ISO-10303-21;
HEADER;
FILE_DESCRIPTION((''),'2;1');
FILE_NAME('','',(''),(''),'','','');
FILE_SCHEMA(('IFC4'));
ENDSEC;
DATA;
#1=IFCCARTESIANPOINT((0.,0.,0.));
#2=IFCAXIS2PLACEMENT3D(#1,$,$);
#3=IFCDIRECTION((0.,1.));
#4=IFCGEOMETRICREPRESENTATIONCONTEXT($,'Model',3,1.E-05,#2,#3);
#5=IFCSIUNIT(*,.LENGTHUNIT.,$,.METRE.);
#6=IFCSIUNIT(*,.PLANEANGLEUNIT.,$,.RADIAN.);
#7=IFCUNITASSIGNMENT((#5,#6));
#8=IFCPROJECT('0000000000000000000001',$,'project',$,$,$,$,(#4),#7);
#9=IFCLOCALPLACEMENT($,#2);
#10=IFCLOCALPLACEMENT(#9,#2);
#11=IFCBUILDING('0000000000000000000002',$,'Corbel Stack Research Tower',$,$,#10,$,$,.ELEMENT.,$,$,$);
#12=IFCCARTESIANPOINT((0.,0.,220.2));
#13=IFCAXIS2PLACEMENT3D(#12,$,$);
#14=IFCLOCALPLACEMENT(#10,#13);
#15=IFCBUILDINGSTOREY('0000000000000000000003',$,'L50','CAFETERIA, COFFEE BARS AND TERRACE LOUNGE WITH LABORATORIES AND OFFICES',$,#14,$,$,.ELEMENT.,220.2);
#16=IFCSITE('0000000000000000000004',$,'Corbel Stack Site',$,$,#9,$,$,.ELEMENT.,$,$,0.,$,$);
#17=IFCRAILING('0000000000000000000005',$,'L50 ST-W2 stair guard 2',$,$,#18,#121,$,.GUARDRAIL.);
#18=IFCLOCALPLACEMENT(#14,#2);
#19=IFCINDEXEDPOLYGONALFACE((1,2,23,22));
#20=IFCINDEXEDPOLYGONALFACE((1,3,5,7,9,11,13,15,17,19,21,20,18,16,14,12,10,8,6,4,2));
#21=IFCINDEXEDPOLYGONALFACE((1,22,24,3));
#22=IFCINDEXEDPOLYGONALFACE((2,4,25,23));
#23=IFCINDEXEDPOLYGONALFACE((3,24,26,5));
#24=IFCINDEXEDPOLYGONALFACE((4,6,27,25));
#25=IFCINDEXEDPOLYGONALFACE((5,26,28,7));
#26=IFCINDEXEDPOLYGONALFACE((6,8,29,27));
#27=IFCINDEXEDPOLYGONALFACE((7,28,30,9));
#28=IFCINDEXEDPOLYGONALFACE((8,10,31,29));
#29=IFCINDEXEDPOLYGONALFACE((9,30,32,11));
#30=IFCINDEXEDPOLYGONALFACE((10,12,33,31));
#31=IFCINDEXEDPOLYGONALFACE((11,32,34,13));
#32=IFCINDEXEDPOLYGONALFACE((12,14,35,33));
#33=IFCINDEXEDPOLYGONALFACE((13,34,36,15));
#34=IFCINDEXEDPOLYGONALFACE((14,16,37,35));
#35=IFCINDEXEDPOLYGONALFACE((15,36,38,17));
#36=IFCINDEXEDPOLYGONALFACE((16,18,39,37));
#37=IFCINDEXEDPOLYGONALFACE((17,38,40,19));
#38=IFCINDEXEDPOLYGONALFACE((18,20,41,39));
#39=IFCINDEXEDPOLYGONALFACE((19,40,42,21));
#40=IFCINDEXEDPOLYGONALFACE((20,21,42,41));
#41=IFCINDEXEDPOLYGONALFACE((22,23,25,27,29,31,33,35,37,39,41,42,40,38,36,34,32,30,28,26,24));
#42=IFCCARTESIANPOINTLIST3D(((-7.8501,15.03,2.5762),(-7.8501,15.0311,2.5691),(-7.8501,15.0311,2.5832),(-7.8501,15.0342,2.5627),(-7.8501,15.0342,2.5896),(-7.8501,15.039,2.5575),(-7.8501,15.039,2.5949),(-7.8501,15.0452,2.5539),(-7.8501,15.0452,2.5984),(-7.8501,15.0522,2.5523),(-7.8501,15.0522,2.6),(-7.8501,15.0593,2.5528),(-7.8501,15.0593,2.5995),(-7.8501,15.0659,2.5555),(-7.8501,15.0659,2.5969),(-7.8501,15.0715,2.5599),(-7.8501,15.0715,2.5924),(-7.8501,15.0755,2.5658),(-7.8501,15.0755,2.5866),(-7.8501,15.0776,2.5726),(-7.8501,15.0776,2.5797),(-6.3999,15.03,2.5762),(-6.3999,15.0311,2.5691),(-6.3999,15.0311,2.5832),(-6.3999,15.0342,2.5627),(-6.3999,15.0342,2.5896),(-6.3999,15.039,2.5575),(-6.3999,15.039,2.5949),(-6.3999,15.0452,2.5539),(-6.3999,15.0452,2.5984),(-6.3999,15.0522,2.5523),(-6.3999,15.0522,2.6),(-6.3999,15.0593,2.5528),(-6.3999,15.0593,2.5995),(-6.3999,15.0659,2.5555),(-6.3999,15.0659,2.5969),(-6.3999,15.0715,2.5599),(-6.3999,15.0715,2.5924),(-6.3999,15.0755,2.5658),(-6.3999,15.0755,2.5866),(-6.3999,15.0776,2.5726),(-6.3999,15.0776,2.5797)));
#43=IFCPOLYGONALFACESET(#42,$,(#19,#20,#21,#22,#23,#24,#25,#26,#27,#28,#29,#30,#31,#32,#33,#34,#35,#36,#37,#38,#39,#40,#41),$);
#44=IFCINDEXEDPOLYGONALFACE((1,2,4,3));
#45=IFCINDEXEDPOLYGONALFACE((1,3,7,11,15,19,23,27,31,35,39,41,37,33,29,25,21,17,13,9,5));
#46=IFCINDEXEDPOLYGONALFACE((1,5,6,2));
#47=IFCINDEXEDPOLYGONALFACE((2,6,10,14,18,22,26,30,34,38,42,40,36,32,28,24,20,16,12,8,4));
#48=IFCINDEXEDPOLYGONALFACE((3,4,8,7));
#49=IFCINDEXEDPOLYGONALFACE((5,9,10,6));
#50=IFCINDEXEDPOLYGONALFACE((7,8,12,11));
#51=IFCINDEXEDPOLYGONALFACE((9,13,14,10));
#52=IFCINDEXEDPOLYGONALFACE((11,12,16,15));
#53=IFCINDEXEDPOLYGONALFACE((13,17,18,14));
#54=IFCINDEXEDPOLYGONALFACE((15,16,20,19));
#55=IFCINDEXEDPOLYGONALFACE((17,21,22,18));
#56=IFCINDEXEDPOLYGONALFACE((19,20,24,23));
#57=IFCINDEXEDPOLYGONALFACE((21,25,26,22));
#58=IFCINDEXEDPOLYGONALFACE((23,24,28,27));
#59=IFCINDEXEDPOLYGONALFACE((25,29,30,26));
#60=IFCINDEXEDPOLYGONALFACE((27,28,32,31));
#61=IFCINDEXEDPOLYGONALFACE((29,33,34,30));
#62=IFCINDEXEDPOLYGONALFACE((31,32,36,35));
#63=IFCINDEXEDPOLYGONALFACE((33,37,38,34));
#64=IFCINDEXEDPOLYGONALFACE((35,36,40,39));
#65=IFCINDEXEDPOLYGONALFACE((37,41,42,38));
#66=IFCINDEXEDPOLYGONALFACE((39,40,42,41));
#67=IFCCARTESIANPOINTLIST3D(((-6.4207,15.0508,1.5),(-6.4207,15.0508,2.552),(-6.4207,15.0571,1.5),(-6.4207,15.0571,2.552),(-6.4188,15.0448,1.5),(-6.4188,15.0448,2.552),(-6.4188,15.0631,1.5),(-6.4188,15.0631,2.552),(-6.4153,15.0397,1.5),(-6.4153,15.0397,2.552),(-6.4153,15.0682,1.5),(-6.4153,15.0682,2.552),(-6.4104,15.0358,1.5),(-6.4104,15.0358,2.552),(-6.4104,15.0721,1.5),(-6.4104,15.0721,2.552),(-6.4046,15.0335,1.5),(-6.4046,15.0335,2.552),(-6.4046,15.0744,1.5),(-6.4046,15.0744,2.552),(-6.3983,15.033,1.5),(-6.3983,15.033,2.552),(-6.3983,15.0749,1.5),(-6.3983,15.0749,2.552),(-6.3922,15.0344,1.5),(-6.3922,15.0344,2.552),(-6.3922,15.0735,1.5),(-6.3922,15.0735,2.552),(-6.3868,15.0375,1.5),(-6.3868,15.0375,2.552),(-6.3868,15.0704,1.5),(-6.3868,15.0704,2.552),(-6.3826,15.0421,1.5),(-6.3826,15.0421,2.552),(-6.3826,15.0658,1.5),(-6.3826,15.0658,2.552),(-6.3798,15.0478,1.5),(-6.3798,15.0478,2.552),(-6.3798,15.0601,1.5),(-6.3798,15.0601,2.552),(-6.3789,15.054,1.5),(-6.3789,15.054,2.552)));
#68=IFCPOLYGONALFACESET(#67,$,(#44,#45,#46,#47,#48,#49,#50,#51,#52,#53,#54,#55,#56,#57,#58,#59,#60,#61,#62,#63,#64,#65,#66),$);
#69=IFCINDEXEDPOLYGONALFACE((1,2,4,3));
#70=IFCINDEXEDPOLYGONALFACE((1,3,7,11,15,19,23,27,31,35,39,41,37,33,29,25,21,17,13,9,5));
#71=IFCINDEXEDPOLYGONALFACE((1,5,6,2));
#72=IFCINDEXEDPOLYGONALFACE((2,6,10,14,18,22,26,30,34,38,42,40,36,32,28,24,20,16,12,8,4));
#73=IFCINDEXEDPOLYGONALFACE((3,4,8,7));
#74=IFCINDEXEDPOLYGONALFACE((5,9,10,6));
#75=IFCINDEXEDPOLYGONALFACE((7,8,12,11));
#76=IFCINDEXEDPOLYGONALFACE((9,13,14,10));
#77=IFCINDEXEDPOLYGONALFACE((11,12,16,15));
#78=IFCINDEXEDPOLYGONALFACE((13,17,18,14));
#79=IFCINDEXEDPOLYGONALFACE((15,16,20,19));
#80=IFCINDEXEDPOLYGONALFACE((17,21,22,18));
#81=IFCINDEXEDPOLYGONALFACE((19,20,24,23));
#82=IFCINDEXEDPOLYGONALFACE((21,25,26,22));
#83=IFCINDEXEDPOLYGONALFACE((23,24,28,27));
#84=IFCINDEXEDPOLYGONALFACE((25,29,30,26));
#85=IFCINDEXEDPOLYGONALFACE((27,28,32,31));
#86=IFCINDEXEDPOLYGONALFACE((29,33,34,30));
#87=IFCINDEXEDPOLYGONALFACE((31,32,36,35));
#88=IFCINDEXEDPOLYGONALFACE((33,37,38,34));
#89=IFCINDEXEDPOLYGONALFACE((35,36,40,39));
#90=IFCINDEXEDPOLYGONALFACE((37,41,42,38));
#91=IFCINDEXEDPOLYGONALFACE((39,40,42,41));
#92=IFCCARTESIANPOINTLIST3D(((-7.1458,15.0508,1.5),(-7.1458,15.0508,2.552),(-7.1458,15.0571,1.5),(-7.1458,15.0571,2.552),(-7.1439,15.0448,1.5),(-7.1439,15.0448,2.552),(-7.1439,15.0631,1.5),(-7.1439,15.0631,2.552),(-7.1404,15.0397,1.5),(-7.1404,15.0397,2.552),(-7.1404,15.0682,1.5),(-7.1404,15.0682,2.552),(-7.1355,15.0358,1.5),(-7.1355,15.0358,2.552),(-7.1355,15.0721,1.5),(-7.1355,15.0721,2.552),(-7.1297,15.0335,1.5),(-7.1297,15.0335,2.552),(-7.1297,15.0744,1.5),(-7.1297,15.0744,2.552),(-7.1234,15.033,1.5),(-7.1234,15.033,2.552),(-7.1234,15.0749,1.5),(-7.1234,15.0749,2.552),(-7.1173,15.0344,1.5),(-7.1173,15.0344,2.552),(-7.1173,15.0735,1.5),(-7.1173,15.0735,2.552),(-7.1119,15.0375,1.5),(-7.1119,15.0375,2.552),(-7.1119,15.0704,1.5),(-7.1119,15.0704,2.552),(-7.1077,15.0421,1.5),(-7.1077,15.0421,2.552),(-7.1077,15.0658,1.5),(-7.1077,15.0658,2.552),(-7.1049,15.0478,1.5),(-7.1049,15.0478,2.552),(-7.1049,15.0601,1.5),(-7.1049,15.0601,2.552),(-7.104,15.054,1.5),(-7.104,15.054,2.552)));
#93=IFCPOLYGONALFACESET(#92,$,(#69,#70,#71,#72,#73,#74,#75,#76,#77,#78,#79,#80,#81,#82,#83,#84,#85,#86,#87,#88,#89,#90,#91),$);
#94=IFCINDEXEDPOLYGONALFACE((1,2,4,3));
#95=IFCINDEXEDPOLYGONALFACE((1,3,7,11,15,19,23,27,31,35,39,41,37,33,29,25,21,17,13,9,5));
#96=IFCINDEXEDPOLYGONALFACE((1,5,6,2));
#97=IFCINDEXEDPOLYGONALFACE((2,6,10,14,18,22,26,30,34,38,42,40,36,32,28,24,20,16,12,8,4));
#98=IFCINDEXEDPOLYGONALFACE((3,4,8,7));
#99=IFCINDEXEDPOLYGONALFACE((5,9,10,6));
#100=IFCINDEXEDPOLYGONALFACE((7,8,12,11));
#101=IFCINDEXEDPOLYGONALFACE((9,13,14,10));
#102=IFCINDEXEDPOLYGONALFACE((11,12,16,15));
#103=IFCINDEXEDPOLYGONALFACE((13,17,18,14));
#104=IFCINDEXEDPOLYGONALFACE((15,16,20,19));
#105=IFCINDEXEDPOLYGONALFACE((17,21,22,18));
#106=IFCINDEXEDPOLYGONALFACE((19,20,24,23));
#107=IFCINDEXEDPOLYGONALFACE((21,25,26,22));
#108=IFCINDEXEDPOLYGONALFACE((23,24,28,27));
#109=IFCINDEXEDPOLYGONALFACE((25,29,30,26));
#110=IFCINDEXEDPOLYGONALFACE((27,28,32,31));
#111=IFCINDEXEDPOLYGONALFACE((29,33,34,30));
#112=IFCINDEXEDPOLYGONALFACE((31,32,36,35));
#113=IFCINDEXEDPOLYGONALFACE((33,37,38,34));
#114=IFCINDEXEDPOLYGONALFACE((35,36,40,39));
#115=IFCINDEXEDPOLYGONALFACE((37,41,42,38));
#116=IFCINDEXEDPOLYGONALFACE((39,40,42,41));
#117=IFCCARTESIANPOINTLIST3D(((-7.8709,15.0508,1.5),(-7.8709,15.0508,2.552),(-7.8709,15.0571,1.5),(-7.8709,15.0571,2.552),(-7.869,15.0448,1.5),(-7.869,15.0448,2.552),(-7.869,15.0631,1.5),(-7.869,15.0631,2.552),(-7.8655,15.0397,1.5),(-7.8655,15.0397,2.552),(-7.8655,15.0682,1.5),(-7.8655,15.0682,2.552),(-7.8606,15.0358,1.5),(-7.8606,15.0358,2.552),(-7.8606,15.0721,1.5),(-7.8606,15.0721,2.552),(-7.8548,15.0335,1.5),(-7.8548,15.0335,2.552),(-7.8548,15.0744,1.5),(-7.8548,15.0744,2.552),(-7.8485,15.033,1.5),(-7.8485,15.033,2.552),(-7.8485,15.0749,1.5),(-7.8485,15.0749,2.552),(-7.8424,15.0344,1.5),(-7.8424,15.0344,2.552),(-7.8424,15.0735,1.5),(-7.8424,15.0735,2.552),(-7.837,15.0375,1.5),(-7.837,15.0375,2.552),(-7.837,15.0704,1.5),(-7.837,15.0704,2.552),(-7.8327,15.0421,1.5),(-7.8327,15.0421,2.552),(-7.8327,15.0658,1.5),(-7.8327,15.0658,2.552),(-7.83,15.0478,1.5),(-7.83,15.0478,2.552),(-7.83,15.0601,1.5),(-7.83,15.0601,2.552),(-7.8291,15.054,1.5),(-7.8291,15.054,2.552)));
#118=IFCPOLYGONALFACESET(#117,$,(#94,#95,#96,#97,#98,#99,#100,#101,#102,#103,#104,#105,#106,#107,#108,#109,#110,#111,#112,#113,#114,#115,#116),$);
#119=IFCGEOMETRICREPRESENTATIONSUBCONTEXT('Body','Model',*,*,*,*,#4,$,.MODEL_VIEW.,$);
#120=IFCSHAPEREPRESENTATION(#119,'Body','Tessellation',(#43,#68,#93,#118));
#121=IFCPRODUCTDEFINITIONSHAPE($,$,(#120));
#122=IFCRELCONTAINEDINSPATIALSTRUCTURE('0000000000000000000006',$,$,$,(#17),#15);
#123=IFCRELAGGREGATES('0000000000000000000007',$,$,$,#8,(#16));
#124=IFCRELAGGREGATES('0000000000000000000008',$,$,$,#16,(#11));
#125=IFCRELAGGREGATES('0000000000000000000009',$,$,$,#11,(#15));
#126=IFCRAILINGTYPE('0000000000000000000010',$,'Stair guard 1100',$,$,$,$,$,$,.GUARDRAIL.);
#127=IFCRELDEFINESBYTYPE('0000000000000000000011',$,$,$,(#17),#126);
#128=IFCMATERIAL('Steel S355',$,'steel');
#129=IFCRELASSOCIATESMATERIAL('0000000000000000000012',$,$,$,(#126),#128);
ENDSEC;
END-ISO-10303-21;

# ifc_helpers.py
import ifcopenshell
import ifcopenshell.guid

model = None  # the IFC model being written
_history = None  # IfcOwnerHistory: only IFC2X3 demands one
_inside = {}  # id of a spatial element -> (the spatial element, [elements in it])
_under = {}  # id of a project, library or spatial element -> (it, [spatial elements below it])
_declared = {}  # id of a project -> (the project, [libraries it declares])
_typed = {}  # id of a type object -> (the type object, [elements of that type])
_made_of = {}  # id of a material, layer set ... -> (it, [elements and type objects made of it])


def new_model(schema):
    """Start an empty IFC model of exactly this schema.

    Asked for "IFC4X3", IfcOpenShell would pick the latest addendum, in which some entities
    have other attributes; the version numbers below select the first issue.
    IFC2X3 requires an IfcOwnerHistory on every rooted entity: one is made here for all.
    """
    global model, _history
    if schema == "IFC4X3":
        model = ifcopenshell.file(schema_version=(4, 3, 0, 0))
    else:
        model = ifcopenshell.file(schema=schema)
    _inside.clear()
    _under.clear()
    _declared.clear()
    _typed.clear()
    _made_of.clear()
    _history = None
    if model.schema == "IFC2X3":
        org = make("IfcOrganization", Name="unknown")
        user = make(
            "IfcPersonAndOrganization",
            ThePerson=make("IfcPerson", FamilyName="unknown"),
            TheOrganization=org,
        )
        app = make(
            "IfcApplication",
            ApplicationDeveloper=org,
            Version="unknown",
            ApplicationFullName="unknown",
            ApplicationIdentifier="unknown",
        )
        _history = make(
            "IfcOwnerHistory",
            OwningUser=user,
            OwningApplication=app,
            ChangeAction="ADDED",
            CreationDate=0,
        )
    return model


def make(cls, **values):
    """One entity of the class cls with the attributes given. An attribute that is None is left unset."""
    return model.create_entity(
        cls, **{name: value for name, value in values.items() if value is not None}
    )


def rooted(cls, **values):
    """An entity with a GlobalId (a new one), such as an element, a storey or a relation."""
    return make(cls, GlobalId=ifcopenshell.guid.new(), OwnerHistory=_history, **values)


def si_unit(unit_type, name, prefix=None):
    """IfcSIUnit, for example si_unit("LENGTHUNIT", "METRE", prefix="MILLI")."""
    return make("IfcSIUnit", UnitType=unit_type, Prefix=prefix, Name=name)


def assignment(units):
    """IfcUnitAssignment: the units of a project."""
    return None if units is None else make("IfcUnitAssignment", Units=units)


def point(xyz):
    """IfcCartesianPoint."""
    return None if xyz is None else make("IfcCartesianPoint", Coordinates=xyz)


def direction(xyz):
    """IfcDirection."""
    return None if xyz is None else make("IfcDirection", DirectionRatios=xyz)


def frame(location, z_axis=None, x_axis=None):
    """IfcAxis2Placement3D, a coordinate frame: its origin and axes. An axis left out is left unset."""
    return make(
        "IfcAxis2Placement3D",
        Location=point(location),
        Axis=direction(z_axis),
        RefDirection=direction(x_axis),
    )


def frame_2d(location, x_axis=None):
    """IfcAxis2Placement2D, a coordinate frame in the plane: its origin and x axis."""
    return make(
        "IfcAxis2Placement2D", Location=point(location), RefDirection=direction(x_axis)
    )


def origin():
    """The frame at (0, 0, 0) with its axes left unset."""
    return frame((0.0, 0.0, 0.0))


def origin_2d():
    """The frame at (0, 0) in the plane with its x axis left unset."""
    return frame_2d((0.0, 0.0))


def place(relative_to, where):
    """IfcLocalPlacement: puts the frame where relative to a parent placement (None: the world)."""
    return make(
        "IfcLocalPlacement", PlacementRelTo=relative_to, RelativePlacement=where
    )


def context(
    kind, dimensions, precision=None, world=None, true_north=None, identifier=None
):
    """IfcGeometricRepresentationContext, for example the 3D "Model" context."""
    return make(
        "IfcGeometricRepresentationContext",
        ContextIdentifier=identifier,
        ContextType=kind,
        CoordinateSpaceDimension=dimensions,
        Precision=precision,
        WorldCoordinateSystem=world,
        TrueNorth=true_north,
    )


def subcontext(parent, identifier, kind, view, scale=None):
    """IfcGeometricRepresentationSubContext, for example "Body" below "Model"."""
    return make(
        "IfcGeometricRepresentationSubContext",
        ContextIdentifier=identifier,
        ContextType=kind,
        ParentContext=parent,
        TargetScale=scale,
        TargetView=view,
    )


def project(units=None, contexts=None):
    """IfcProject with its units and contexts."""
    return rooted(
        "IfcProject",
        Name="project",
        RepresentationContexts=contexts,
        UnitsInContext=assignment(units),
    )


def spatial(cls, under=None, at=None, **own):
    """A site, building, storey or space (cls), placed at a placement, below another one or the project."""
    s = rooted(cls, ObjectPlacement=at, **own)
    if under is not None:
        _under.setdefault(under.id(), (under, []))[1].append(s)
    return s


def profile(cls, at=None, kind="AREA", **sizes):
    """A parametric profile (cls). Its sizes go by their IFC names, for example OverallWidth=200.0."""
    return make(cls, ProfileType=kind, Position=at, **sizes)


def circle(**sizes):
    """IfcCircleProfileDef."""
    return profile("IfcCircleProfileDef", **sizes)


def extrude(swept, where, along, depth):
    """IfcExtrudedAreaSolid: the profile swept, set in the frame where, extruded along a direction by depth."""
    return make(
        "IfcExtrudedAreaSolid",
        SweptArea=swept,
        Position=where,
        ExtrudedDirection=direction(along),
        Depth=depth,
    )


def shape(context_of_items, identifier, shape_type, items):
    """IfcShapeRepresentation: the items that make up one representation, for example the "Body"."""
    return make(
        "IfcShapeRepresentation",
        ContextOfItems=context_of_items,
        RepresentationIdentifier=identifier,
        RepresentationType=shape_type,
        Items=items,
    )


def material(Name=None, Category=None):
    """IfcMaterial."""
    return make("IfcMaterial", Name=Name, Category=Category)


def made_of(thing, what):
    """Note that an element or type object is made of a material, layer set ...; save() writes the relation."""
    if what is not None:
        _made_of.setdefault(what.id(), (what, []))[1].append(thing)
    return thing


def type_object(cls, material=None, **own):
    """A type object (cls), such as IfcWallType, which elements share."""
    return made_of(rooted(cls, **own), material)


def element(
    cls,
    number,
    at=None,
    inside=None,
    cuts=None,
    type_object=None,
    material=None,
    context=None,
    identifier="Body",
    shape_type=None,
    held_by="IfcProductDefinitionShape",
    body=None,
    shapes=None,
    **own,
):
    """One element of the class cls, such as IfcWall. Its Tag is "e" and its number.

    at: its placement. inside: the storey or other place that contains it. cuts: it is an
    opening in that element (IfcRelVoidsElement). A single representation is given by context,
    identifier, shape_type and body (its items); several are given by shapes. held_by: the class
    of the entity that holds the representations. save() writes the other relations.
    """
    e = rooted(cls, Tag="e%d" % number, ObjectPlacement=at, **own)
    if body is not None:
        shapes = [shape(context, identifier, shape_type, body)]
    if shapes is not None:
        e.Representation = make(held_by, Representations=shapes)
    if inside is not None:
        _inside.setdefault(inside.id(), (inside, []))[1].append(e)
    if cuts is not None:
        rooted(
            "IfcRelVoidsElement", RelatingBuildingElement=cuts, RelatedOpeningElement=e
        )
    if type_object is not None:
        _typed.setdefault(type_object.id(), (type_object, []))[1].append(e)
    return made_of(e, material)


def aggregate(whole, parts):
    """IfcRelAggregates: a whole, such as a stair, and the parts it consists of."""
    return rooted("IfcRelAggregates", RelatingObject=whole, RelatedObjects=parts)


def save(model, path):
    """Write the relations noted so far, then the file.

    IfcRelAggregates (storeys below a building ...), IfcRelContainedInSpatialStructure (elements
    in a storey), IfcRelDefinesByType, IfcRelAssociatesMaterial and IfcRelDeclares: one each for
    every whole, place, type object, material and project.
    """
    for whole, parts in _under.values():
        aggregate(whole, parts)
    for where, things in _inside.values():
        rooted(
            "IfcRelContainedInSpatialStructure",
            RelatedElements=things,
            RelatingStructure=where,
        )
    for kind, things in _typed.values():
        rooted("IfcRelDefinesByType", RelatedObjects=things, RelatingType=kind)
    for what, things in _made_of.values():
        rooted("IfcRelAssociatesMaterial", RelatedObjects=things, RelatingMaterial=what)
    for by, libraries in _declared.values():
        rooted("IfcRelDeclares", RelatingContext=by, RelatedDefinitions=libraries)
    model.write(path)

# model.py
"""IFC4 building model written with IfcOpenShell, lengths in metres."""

from ifc_helpers import new_model, si_unit, direction, frame, origin, origin_2d, place, context, subcontext, project, spatial, circle, extrude, material, type_object, element, save


model = new_model("IFC4")

# Units and contexts
model_context = context("Model", 3, precision=1e-05, world=origin(), true_north=direction((0.0, 1.0)))
body_context = subcontext(model_context, "Body", "Model", "MODEL_VIEW")
ifc_project = project(units=[si_unit("LENGTHUNIT", "METRE"), si_unit("PLANEANGLEUNIT", "RADIAN")], contexts=[model_context])

# Site, building, storey
site_placement = place(None, origin())
site = spatial("IfcSite", under=ifc_project, at=site_placement, Name="Corbel Stack Site", CompositionType="ELEMENT", RefElevation=0.0)
building_placement = place(site_placement, origin())
building = spatial("IfcBuilding", under=site, at=building_placement, Name="Corbel Stack Research Tower", CompositionType="ELEMENT")
storey_placement = place(building_placement, frame((0.0, 0.0, 220.2)))
storey = spatial("IfcBuildingStorey", under=building, at=storey_placement, Name="L50", Description="CAFETERIA, COFFEE BARS AND TERRACE LOUNGE WITH LABORATORIES AND OFFICES", CompositionType="ELEMENT", Elevation=220.2)

# Railing
ifc_material_1 = material(Name="Steel S355", Category="steel")
railing_type_1 = type_object("IfcRailingType", Name="Stair guard 1100", PredefinedType="GUARDRAIL", material=ifc_material_1)
railing_1_placement = place(storey_placement, frame((-6.3999, 15.054, 1.5)))
element("IfcRailing", 1, at=railing_1_placement, inside=storey, type_object=railing_type_1, Name="L50 ST-W2 stair guard 2", PredefinedType="GUARDRAIL", context=body_context, shape_type="SweptSolid", body=[
    extrude(circle(Radius=0.0239, at=origin_2d()), frame((0.0, 0.0, 1.0762), z_axis=(-1.0, 0.0, 0.0), x_axis=(0.0, -1.0, 0.0)), (0.0, 0.0, 1.0), 1.4502),
    extrude(circle(Radius=0.021, at=origin_2d()), origin(), (0.0, 0.0, 1.0), 1.052),
    extrude(circle(Radius=0.021, at=origin_2d()), frame((-0.7251, 0.0, 0.0)), (0.0, 0.0, 1.0), 1.052),
    extrude(circle(Radius=0.021, at=origin_2d()), frame((-1.4502, 0.0, 0.0)), (0.0, 0.0, 1.0), 1.052),
])

save(model, "model.ifc")
